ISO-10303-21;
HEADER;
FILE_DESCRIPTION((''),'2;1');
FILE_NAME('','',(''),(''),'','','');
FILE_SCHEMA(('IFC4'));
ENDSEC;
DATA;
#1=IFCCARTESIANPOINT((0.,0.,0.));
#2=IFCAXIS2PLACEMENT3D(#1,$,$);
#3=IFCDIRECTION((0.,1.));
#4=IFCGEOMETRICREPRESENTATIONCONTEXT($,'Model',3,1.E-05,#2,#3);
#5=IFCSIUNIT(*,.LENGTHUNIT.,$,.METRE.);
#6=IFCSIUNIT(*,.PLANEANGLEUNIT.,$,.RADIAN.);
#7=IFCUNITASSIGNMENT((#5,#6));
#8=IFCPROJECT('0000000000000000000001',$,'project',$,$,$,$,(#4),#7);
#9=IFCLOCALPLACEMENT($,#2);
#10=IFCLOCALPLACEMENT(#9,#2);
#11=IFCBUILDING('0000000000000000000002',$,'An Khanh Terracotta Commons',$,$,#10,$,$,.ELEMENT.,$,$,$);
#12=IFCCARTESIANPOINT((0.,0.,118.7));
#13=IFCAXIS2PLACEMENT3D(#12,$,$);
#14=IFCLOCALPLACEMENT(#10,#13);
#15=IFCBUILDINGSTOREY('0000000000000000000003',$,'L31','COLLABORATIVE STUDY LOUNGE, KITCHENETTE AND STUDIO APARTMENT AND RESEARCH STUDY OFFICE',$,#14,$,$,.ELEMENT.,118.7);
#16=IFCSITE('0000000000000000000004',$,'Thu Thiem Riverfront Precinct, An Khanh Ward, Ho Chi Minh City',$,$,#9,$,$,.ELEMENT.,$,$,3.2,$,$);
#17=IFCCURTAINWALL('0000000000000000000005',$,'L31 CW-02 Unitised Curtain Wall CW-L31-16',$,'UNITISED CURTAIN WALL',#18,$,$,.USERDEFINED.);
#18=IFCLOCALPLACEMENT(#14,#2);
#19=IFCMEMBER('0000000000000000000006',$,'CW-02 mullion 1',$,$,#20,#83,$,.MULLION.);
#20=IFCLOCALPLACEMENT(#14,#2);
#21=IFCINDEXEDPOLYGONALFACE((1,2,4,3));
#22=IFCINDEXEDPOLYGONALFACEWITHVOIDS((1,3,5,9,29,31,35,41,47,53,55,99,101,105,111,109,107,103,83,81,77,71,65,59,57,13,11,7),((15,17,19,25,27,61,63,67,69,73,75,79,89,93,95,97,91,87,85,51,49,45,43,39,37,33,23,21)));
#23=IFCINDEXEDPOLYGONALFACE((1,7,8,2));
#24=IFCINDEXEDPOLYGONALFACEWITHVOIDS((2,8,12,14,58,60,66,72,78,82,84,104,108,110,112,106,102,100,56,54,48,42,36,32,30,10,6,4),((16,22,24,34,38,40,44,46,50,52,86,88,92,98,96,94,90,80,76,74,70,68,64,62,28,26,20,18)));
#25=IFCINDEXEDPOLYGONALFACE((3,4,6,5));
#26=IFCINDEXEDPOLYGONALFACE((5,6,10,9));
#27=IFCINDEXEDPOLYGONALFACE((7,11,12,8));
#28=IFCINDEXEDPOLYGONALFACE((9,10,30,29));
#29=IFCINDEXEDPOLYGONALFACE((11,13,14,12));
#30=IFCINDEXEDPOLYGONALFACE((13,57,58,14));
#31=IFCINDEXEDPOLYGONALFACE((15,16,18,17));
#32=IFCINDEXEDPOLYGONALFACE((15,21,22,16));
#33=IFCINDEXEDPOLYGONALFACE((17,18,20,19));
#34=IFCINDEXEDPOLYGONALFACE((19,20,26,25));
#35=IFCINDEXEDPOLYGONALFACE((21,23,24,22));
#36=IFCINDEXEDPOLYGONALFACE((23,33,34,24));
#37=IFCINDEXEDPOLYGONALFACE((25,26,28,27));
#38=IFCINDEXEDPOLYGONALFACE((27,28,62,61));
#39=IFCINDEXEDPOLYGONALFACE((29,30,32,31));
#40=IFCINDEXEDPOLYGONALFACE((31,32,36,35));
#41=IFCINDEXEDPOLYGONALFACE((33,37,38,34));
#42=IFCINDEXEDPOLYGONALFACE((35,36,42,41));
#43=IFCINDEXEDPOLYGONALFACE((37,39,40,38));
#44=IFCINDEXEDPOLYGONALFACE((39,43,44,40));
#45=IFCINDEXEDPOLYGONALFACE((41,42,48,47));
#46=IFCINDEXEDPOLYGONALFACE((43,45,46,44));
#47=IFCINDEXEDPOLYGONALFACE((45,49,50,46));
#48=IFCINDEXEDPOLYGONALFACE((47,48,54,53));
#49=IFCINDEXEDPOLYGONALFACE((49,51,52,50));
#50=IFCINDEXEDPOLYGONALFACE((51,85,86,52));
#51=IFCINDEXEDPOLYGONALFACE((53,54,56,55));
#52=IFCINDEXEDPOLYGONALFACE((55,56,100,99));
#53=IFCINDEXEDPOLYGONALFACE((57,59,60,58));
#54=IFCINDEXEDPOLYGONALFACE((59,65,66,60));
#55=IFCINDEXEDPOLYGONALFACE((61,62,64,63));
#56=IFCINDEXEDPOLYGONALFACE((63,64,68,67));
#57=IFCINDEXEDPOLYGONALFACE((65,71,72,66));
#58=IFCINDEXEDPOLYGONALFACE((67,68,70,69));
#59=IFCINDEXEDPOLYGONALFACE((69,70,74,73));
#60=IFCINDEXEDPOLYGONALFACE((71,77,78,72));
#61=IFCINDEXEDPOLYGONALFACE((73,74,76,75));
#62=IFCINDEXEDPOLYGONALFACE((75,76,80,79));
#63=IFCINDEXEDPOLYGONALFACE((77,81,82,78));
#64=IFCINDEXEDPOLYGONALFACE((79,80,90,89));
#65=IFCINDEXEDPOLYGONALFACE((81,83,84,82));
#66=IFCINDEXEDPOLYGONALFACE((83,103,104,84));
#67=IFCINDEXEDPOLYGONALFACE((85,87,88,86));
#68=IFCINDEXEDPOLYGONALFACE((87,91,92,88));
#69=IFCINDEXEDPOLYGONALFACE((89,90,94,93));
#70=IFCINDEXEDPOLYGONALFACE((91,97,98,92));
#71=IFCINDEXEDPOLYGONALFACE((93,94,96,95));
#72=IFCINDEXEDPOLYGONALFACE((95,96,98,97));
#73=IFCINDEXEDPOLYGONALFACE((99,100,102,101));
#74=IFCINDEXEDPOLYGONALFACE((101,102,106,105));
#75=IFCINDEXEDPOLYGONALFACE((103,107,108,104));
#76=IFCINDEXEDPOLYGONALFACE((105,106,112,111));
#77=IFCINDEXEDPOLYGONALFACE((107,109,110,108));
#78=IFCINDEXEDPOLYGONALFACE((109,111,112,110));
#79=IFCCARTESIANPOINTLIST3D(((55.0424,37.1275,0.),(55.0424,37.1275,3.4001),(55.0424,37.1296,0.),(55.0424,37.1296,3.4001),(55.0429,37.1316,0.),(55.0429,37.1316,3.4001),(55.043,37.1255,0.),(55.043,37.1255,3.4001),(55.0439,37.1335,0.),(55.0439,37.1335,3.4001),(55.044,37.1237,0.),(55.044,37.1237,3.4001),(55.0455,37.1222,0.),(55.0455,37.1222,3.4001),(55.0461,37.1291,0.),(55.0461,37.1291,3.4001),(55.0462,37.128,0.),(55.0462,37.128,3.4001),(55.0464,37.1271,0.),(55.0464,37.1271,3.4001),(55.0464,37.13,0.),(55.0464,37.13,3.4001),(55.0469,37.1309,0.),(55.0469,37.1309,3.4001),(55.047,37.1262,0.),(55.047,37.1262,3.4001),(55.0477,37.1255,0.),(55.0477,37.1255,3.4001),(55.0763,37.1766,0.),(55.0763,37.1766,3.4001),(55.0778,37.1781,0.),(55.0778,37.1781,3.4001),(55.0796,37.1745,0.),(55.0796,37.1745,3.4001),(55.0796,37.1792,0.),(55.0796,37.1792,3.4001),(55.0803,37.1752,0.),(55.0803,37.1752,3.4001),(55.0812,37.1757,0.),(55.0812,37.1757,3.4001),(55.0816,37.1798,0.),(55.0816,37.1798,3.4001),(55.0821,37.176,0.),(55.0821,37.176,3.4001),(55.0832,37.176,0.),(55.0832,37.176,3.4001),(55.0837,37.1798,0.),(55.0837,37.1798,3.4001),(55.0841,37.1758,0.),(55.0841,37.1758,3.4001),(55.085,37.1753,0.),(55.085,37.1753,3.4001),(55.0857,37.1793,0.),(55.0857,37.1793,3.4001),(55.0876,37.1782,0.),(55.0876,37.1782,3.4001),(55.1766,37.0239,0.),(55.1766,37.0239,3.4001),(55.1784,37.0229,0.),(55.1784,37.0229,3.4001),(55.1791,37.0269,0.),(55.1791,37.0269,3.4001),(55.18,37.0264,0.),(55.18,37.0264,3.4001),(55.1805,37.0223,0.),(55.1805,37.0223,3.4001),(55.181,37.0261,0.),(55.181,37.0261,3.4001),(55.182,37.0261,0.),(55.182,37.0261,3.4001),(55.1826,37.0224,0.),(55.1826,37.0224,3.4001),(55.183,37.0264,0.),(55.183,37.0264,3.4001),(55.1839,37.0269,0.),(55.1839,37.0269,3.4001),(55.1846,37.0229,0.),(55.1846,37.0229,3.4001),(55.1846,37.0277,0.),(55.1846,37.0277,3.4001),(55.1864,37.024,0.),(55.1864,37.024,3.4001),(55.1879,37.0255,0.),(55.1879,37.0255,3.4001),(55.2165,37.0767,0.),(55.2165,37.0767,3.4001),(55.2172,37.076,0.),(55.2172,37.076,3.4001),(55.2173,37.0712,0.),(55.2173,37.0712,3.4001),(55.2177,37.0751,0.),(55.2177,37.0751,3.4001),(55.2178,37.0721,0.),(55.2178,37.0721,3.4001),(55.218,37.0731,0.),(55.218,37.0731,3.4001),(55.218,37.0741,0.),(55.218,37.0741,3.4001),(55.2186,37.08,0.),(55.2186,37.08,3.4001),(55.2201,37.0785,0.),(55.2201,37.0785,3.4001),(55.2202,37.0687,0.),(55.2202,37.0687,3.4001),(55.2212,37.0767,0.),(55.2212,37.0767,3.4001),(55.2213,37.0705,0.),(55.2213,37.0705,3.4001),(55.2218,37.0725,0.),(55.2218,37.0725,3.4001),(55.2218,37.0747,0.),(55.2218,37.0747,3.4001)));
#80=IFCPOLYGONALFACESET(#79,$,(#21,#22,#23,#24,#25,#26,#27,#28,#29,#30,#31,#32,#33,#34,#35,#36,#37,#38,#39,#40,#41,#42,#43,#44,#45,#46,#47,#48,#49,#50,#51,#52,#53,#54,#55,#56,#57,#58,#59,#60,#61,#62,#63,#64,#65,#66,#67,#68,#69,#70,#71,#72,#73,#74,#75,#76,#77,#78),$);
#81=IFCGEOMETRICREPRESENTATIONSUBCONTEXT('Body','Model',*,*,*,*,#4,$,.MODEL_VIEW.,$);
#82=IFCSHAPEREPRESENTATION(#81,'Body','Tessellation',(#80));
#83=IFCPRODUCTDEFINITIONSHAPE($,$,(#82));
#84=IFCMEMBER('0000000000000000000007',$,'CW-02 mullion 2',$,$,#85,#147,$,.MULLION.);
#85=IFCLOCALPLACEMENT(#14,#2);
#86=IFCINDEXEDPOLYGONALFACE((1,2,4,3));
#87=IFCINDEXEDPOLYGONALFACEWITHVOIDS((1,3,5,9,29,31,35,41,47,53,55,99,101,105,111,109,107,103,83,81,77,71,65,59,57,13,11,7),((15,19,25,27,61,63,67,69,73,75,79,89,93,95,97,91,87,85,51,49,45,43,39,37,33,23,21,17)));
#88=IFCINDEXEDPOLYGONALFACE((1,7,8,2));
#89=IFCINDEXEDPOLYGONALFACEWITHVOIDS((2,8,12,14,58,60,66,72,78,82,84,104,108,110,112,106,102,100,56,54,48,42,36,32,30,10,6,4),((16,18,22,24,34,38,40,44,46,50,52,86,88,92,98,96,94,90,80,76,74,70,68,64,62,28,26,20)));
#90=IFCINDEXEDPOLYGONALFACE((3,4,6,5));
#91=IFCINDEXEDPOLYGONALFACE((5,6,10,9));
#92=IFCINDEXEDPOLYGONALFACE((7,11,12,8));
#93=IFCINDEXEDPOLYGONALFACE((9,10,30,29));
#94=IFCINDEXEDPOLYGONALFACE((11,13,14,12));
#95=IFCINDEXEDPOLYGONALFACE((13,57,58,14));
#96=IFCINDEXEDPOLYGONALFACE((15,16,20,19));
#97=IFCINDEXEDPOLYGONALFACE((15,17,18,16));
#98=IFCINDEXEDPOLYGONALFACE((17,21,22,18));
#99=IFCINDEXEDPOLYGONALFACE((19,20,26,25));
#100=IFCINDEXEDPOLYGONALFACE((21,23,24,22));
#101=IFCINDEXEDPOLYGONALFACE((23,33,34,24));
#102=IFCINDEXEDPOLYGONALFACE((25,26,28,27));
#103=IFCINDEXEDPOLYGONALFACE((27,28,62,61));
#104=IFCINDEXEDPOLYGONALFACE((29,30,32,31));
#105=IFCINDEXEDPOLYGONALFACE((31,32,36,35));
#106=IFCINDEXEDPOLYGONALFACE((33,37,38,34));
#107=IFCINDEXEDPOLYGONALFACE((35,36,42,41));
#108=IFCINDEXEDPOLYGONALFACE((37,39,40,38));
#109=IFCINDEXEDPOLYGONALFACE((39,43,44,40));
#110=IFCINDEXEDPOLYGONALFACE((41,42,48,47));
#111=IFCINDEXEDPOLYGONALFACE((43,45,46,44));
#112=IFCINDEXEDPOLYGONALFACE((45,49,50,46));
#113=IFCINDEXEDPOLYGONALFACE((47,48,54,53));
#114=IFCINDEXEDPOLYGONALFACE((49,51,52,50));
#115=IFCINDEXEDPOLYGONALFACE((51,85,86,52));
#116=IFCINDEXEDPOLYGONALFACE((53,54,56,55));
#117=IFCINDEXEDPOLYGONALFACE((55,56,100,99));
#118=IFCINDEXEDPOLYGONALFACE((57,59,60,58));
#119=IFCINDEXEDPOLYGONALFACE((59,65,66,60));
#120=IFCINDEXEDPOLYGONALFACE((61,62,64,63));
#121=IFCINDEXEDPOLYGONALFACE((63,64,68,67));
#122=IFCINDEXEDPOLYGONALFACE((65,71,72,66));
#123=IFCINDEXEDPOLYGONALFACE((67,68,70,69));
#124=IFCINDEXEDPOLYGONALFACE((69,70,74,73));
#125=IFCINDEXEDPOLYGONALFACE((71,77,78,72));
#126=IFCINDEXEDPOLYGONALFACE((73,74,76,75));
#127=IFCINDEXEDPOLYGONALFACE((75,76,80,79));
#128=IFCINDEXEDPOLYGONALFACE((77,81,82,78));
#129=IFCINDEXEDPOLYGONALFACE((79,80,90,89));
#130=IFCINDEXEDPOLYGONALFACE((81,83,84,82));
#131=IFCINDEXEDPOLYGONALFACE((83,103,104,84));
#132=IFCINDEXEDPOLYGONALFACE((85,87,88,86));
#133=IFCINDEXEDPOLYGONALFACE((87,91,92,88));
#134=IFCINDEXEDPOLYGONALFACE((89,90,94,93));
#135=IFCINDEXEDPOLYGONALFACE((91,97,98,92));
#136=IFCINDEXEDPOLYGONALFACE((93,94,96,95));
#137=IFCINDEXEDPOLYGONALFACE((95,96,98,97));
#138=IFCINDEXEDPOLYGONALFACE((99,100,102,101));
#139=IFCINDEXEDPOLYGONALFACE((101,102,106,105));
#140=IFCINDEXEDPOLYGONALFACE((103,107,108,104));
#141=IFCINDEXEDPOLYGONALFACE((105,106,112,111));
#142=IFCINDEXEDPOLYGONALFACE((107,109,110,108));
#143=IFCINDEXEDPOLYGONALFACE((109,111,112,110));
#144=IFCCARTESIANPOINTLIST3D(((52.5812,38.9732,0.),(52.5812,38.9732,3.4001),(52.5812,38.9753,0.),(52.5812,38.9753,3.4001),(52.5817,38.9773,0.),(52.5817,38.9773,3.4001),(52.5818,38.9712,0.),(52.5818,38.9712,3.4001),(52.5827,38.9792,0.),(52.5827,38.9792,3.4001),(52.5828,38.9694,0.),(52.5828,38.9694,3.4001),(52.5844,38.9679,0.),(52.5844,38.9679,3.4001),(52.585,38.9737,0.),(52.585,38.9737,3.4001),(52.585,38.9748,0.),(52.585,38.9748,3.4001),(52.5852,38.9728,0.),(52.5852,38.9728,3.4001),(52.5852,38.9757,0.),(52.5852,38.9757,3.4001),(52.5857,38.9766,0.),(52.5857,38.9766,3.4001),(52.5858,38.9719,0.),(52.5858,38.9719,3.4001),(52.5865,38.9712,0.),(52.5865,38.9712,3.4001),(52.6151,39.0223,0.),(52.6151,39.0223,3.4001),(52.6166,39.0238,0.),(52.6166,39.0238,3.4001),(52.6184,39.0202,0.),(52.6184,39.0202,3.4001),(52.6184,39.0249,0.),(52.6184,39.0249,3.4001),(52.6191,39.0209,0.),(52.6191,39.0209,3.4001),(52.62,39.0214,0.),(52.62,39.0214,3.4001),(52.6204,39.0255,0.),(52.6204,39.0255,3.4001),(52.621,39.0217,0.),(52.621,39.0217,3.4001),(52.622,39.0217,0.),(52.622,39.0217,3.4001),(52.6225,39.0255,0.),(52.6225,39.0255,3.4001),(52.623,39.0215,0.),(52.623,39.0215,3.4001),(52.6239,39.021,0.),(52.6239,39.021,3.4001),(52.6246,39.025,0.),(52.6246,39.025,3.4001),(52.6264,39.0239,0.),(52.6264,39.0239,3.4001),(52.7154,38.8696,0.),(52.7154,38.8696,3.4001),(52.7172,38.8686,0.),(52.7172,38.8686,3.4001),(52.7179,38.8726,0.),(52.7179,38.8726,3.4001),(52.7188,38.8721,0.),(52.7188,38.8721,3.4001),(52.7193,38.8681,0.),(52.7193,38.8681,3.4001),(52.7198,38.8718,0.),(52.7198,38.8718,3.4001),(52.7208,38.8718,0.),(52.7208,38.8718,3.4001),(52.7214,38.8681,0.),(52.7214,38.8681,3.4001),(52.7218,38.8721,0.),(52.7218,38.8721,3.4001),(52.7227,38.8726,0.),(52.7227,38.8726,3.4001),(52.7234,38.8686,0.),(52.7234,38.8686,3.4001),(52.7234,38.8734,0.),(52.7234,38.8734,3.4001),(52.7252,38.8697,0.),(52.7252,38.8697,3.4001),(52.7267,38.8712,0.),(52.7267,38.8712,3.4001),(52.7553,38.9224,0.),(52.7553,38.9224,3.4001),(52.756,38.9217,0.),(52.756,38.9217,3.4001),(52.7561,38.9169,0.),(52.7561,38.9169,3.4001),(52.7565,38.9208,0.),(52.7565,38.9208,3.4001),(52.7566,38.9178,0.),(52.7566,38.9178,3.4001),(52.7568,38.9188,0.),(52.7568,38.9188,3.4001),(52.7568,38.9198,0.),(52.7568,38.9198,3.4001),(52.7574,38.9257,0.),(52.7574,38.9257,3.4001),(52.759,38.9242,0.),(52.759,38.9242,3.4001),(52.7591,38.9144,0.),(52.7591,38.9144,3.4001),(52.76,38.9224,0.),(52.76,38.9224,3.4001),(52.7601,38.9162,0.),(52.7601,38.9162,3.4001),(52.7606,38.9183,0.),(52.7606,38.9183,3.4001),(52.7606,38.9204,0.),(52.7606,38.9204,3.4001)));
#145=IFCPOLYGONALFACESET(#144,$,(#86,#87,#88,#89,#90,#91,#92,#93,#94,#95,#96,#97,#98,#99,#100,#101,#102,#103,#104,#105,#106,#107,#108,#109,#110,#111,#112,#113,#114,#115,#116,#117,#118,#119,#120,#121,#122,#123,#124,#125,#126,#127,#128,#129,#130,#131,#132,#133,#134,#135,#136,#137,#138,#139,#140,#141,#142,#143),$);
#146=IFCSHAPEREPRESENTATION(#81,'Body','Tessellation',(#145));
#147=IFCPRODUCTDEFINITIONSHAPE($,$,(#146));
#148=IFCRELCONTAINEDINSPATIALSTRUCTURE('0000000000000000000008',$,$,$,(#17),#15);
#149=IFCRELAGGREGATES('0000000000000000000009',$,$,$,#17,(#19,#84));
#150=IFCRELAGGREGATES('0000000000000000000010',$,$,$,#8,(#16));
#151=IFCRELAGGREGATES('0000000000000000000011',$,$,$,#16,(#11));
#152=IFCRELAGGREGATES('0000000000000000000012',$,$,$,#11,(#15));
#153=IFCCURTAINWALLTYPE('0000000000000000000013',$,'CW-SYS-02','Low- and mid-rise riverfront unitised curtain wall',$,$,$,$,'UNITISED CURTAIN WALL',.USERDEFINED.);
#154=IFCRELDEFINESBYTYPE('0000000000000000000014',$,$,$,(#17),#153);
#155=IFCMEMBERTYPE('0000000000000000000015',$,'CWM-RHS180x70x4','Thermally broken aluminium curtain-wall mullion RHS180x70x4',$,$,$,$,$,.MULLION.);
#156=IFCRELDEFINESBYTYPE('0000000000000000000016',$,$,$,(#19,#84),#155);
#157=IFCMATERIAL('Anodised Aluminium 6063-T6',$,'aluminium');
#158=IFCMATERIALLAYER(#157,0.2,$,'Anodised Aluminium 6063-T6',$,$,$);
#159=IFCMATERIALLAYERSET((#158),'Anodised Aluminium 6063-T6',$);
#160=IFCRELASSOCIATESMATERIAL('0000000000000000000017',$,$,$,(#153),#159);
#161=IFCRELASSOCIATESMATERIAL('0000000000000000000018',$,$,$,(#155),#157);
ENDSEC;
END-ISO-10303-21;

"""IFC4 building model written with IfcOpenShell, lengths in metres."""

from ifc_helpers import new_model, si_unit, direction, frame, origin, origin_2d, place, context, subcontext, project, spatial, hollow_rectangle, extrude, material, layer, layer_set, material_profile, profile_set, type_object, element, aggregate, save


model = new_model("IFC4")

# Units and contexts
model_context = context("Model", 3, precision=1e-05, world=origin(), true_north=direction((0.0, 1.0)))
body_context = subcontext(model_context, "Body", "Model", "MODEL_VIEW")
ifc_project = project(units=[si_unit("LENGTHUNIT", "METRE"), si_unit("PLANEANGLEUNIT", "RADIAN")], contexts=[model_context])

# Site, building, storey
site_placement = place(None, origin())
site = spatial("IfcSite", under=ifc_project, at=site_placement, Name="Thu Thiem Riverfront Precinct, An Khanh Ward, Ho Chi Minh City", CompositionType="ELEMENT", RefElevation=3.2)
building_placement = place(site_placement, origin())
building = spatial("IfcBuilding", under=site, at=building_placement, Name="An Khanh Terracotta Commons", CompositionType="ELEMENT")
storey_placement = place(building_placement, frame((0.0, 0.0, 118.7)))
storey = spatial("IfcBuildingStorey", under=building, at=storey_placement, Name="L31", Description="COLLABORATIVE STUDY LOUNGE, KITCHENETTE AND STUDIO APARTMENT AND RESEARCH STUDY OFFICE", CompositionType="ELEMENT", Elevation=118.7)

# Curtain wall, members
ifc_material_1 = material(Name="Anodised Aluminium 6063-T6", Category="aluminium")
ifc_layer_1 = layer(ifc_material_1, 0.2, Name="Anodised Aluminium 6063-T6")
ifc_layer_set_1 = layer_set([ifc_layer_1], Name="Anodised Aluminium 6063-T6")
curtain_wall_type = type_object("IfcCurtainWallType", Name="CW-SYS-02", Description="Low- and mid-rise riverfront unitised curtain wall", ElementType="UNITISED CURTAIN WALL", PredefinedType="USERDEFINED", material=ifc_layer_set_1)
ifc_material_profile_1 = material_profile(ifc_material_1, hollow_rectangle(XDim=0.0701, YDim=0.1799, WallThickness=0.0039, InnerFilletRadius=0.0039, OuterFilletRadius=0.0081, at=origin_2d()), Name="RHS180x70x4")
ifc_profile_set_1 = profile_set([ifc_material_profile_1], Name="Anodised Aluminium 6063-T6")
member_type_1 = type_object("IfcMemberType", Name="CWM-RHS180x70x4", Description="Thermally broken aluminium curtain-wall mullion RHS180x70x4", PredefinedType="MULLION", material=ifc_profile_set_1)
curtain_wall_1_placement = place(storey_placement, origin())
curtain_wall_1 = element("IfcCurtainWall", 1, at=curtain_wall_1_placement, inside=storey, type_object=curtain_wall_type, Name="L31 CW-02 Unitised Curtain Wall CW-L31-16", ObjectType="UNITISED CURTAIN WALL", PredefinedType="USERDEFINED")
member_1_placement = place(storey_placement, frame((55.1321, 37.1011, 0.0), z_axis=(0.0, 0.0, 1.0), x_axis=(-0.599983, -0.800013, 0.0)))
member_1 = element("IfcMember", 2, at=member_1_placement, type_object=member_type_1, Name="CW-02 mullion 1", PredefinedType="MULLION", context=body_context, shape_type="SweptSolid", body=[
    extrude(hollow_rectangle(XDim=0.0701, YDim=0.1799, WallThickness=0.0039, InnerFilletRadius=0.0039, OuterFilletRadius=0.0081, at=origin_2d()), origin(), (0.0, 0.0, 1.0), 3.4001),
])
member_2_placement = place(storey_placement, frame((52.6709, 38.9468, 0.0), z_axis=(0.0, 0.0, 1.0), x_axis=(-0.599983, -0.800013, 0.0)))
member_2 = element("IfcMember", 3, at=member_2_placement, type_object=member_type_1, Name="CW-02 mullion 2", PredefinedType="MULLION", context=body_context, shape_type="SweptSolid", body=[
    extrude(hollow_rectangle(XDim=0.0701, YDim=0.1799, WallThickness=0.0039, InnerFilletRadius=0.0039, OuterFilletRadius=0.0081, at=origin_2d()), origin(), (0.0, 0.0, 1.0), 3.4001),
])

aggregate(curtain_wall_1, [member_1, member_2])

save(model, "model.ifc")
